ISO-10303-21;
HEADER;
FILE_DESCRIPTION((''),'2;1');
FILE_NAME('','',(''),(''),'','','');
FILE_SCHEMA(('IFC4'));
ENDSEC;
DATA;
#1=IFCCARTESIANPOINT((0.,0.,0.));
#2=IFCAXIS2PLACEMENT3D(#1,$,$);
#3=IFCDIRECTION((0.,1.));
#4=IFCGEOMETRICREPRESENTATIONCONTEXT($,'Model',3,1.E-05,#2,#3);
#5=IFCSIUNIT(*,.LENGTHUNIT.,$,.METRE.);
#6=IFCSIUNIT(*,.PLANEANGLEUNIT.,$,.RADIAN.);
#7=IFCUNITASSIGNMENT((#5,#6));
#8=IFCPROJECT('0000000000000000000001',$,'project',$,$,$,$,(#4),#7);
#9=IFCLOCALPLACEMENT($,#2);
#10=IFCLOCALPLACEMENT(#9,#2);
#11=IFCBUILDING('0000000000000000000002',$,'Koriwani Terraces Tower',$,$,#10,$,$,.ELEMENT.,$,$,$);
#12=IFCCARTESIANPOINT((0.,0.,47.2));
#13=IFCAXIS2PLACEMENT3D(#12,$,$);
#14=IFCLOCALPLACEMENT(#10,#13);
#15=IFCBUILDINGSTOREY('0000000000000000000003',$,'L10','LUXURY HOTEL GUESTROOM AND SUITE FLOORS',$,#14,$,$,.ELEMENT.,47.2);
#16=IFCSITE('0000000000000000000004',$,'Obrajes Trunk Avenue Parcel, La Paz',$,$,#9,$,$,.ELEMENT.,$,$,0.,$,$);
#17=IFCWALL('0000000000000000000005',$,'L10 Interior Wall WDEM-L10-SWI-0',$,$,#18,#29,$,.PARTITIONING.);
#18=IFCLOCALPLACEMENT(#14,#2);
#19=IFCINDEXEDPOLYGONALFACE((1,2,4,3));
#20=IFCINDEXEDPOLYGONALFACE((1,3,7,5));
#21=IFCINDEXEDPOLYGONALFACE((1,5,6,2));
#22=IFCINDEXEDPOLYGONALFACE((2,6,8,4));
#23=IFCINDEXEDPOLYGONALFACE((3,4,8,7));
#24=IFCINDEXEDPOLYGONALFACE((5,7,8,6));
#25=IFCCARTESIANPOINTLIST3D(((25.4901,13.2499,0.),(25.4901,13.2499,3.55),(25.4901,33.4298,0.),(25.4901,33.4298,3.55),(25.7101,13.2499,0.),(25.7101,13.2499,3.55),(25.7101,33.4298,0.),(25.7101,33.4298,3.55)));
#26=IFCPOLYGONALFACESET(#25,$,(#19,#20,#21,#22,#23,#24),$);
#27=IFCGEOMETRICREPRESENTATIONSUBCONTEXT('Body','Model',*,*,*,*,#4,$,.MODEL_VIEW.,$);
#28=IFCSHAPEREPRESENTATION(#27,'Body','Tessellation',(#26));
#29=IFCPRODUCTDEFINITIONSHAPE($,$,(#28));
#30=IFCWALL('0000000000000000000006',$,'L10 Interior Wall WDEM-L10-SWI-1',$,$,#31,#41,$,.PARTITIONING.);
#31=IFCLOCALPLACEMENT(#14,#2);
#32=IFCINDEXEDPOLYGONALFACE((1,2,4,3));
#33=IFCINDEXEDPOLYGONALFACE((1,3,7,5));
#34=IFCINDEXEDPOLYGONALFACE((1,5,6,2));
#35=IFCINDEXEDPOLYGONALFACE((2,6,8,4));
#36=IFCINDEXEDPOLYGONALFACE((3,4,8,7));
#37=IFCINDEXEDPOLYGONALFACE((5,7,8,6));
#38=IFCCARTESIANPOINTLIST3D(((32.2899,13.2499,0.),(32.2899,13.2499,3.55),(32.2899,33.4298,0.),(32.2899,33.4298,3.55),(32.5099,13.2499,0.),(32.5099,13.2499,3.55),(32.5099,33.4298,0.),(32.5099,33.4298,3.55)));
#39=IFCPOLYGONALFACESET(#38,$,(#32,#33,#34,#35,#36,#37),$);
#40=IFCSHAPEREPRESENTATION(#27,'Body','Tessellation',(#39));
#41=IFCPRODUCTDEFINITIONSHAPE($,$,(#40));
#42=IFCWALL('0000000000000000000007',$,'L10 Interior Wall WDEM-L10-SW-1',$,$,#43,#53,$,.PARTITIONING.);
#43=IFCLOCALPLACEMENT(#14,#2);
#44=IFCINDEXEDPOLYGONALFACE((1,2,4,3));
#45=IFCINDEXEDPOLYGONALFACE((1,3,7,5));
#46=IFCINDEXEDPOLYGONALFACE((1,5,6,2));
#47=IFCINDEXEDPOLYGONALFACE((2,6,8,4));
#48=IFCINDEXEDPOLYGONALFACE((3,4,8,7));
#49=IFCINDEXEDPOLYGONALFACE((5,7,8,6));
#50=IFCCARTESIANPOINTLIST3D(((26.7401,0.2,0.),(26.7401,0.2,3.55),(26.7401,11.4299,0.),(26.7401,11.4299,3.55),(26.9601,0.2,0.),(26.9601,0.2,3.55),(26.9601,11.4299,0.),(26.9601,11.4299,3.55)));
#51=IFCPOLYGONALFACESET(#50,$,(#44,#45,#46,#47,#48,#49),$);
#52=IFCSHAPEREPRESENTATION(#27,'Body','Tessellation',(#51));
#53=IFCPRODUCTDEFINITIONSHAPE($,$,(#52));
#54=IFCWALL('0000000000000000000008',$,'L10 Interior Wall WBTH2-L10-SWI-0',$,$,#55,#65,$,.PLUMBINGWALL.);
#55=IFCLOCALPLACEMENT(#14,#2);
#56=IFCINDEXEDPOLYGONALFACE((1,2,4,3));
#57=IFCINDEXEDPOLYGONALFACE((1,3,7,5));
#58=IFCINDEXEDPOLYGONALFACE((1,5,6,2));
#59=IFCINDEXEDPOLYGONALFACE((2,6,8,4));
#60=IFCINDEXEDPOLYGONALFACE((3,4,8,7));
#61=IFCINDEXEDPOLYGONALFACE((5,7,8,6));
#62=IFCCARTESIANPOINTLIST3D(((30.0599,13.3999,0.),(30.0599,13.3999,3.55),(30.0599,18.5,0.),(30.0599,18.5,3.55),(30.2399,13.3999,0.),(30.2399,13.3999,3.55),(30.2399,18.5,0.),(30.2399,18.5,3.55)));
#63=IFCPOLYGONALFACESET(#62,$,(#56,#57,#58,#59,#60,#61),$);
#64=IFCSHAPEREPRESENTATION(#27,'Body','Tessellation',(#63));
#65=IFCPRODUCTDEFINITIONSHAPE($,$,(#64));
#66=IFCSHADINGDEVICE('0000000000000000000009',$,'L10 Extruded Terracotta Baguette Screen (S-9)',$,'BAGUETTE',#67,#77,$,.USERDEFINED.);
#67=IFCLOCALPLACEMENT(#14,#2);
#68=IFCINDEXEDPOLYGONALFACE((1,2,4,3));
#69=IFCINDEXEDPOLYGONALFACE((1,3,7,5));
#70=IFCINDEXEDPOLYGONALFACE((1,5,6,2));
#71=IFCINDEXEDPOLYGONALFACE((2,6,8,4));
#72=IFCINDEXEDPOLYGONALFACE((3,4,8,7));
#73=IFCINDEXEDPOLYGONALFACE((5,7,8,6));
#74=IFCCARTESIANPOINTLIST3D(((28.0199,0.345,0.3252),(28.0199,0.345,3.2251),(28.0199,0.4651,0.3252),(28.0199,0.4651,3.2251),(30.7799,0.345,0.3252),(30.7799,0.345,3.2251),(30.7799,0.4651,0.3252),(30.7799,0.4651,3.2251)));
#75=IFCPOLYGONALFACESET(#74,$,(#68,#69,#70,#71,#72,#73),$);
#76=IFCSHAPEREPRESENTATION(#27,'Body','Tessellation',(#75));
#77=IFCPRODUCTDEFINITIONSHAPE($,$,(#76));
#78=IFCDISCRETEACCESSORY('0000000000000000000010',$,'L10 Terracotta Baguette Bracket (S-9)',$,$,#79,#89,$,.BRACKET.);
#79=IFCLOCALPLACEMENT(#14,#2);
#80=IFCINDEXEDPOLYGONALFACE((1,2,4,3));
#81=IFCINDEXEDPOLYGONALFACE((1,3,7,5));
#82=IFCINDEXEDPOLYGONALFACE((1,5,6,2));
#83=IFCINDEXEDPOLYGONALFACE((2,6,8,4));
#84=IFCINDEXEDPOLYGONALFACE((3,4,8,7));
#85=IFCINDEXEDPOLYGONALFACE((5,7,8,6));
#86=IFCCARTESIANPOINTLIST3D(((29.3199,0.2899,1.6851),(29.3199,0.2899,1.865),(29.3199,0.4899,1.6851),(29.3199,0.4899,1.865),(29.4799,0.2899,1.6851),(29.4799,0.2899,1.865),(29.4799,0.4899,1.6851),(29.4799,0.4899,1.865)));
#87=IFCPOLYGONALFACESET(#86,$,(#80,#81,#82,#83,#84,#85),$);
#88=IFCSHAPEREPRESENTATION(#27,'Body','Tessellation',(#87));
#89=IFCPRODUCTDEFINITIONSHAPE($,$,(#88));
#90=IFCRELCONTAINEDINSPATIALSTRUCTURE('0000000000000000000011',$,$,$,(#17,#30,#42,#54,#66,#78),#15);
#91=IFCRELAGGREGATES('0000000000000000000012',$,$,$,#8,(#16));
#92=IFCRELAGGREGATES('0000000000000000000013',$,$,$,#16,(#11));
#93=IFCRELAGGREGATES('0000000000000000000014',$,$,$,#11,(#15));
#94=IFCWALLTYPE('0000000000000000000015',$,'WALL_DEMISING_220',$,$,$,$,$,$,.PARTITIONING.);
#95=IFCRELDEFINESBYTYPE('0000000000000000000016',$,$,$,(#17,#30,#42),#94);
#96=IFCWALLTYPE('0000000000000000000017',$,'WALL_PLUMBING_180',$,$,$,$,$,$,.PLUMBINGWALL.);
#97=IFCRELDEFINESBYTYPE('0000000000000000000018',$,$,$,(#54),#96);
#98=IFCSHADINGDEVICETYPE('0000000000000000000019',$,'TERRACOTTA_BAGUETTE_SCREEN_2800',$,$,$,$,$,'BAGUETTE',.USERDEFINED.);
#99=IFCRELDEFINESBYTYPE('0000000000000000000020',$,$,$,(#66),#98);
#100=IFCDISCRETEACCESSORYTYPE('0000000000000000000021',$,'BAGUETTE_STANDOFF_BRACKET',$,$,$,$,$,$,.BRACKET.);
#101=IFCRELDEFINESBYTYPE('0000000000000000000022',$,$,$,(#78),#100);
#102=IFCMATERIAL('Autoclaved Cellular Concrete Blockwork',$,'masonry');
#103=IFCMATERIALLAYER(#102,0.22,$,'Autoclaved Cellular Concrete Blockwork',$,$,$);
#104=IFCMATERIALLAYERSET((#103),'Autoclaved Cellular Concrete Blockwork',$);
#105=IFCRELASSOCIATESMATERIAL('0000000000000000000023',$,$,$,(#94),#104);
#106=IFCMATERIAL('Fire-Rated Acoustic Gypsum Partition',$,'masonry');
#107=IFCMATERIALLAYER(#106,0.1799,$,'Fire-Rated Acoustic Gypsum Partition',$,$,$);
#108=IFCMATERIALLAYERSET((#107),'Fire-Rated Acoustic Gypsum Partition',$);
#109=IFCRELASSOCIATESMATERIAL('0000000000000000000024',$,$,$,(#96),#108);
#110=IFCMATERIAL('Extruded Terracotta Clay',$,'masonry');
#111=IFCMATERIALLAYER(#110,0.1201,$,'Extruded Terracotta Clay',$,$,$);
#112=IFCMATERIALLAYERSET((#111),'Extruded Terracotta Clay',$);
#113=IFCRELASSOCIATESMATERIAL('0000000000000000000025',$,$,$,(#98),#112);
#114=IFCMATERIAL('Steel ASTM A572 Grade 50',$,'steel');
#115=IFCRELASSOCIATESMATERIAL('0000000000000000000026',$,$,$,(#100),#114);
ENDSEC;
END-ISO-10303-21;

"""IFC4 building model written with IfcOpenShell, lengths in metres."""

from ifc_helpers import new_model, si_unit, direction, frame, frame_2d, origin, origin_2d, place, context, subcontext, project, spatial, rectangle, extrude, material, layer, layer_set, type_object, element, save


model = new_model("IFC4")

# Units and contexts
model_context = context("Model", 3, precision=1e-05, world=origin(), true_north=direction((0.0, 1.0)))
body_context = subcontext(model_context, "Body", "Model", "MODEL_VIEW")
ifc_project = project(units=[si_unit("LENGTHUNIT", "METRE"), si_unit("PLANEANGLEUNIT", "RADIAN")], contexts=[model_context])

# Site, building, storey
site_placement = place(None, origin())
site = spatial("IfcSite", under=ifc_project, at=site_placement, Name="Obrajes Trunk Avenue Parcel, La Paz", CompositionType="ELEMENT", RefElevation=0.0)
building_placement = place(site_placement, origin())
building = spatial("IfcBuilding", under=site, at=building_placement, Name="Koriwani Terraces Tower", CompositionType="ELEMENT")
storey_placement = place(building_placement, frame((0.0, 0.0, 47.2)))
storey = spatial("IfcBuildingStorey", under=building, at=storey_placement, Name="L10", Description="LUXURY HOTEL GUESTROOM AND SUITE FLOORS", CompositionType="ELEMENT", Elevation=47.2)

# Shared definitions
ifc_material_1 = material(Name="Steel ASTM A572 Grade 50", Category="steel")

# Shared definitions
ifc_material_2 = material(Name="Autoclaved Cellular Concrete Blockwork", Category="masonry")

# Walls
ifc_layer_1 = layer(ifc_material_2, 0.22, Name="Autoclaved Cellular Concrete Blockwork")
ifc_layer_set_1 = layer_set([ifc_layer_1], Name="Autoclaved Cellular Concrete Blockwork")
wall_type_1 = type_object("IfcWallType", Name="WALL_DEMISING_220", PredefinedType="PARTITIONING", material=ifc_layer_set_1)
for number, where, z_axis, x_axis, name in (
    (1, (25.6001, 13.25, 0.0), (0.0, 0.0, 1.0), (0.0, 1.0, 0.0), "L10 Interior Wall WDEM-L10-SWI-0"),
    (2, (32.3999, 13.25, 0.0), (0.0, 0.0, 1.0), (0.0, 1.0, 0.0), "L10 Interior Wall WDEM-L10-SWI-1"),
):
    element("IfcWall", number, at=place(storey_placement, frame(where, z_axis=z_axis, x_axis=x_axis)), inside=storey, type_object=wall_type_1, Name=name, PredefinedType="PARTITIONING", context=body_context, shape_type="SweptSolid", body=[
        extrude(rectangle(XDim=20.1799, YDim=0.22, at=frame_2d((10.0898, 0.0))), origin(), (0.0, 0.0, 1.0), 3.55),
    ])
wall_1_placement = place(storey_placement, frame((26.8501, 0.2, 0.0), z_axis=(0.0, 0.0, 1.0), x_axis=(0.0, 1.0, 0.0)))
element("IfcWall", 3, at=wall_1_placement, inside=storey, type_object=wall_type_1, Name="L10 Interior Wall WDEM-L10-SW-1", PredefinedType="PARTITIONING", context=body_context, shape_type="SweptSolid", body=[
    extrude(rectangle(XDim=11.23, YDim=0.22, at=frame_2d((5.615, 0.0))), origin(), (0.0, 0.0, 1.0), 3.55),
])
ifc_material_3 = material(Name="Fire-Rated Acoustic Gypsum Partition", Category="masonry")
ifc_layer_2 = layer(ifc_material_3, 0.1799, Name="Fire-Rated Acoustic Gypsum Partition")
ifc_layer_set_2 = layer_set([ifc_layer_2], Name="Fire-Rated Acoustic Gypsum Partition")
wall_type_2 = type_object("IfcWallType", Name="WALL_PLUMBING_180", PredefinedType="PLUMBINGWALL", material=ifc_layer_set_2)
wall_2_placement = place(storey_placement, frame((30.1499, 13.3999, 0.0), z_axis=(0.0, 0.0, 1.0), x_axis=(0.0, 1.0, 0.0)))
element("IfcWall", 4, at=wall_2_placement, inside=storey, type_object=wall_type_2, Name="L10 Interior Wall WBTH2-L10-SWI-0", PredefinedType="PLUMBINGWALL", context=body_context, shape_type="SweptSolid", body=[
    extrude(rectangle(XDim=5.1001, YDim=0.1799, at=frame_2d((2.55, 0.0))), origin(), (0.0, 0.0, 1.0), 3.55),
])

# Shading device
ifc_material_4 = material(Name="Extruded Terracotta Clay", Category="masonry")
ifc_layer_3 = layer(ifc_material_4, 0.1201, Name="Extruded Terracotta Clay")
ifc_layer_set_3 = layer_set([ifc_layer_3], Name="Extruded Terracotta Clay")
shading_device_type = type_object("IfcShadingDeviceType", Name="TERRACOTTA_BAGUETTE_SCREEN_2800", ElementType="BAGUETTE", PredefinedType="USERDEFINED", material=ifc_layer_set_3)
shading_device_placement = place(storey_placement, frame((29.3999, 0.405, 0.3252), z_axis=(0.0, 0.0, 1.0), x_axis=(-1.0, 0.0, 0.0)))
element("IfcShadingDevice", 5, at=shading_device_placement, inside=storey, type_object=shading_device_type, Name="L10 Extruded Terracotta Baguette Screen (S-9)", ObjectType="BAGUETTE", PredefinedType="USERDEFINED", context=body_context, shape_type="SweptSolid", body=[
    extrude(rectangle(XDim=2.76, YDim=0.1201, at=origin_2d()), origin(), (0.0, 0.0, 1.0), 2.8999),
])

# Discrete accessory
discrete_accessory_type = type_object("IfcDiscreteAccessoryType", Name="BAGUETTE_STANDOFF_BRACKET", PredefinedType="BRACKET", material=ifc_material_1)
discrete_accessory_placement = place(storey_placement, frame((29.3999, 0.3899, 1.6851), z_axis=(0.0, 0.0, 1.0), x_axis=(-1.0, 0.0, 0.0)))
element("IfcDiscreteAccessory", 6, at=discrete_accessory_placement, inside=storey, type_object=discrete_accessory_type, Name="L10 Terracotta Baguette Bracket (S-9)", PredefinedType="BRACKET", context=body_context, shape_type="SweptSolid", body=[
    extrude(rectangle(XDim=0.1599, YDim=0.2, at=origin_2d()), origin(), (0.0, 0.0, 1.0), 0.1799),
])

save(model, "model.ifc")
